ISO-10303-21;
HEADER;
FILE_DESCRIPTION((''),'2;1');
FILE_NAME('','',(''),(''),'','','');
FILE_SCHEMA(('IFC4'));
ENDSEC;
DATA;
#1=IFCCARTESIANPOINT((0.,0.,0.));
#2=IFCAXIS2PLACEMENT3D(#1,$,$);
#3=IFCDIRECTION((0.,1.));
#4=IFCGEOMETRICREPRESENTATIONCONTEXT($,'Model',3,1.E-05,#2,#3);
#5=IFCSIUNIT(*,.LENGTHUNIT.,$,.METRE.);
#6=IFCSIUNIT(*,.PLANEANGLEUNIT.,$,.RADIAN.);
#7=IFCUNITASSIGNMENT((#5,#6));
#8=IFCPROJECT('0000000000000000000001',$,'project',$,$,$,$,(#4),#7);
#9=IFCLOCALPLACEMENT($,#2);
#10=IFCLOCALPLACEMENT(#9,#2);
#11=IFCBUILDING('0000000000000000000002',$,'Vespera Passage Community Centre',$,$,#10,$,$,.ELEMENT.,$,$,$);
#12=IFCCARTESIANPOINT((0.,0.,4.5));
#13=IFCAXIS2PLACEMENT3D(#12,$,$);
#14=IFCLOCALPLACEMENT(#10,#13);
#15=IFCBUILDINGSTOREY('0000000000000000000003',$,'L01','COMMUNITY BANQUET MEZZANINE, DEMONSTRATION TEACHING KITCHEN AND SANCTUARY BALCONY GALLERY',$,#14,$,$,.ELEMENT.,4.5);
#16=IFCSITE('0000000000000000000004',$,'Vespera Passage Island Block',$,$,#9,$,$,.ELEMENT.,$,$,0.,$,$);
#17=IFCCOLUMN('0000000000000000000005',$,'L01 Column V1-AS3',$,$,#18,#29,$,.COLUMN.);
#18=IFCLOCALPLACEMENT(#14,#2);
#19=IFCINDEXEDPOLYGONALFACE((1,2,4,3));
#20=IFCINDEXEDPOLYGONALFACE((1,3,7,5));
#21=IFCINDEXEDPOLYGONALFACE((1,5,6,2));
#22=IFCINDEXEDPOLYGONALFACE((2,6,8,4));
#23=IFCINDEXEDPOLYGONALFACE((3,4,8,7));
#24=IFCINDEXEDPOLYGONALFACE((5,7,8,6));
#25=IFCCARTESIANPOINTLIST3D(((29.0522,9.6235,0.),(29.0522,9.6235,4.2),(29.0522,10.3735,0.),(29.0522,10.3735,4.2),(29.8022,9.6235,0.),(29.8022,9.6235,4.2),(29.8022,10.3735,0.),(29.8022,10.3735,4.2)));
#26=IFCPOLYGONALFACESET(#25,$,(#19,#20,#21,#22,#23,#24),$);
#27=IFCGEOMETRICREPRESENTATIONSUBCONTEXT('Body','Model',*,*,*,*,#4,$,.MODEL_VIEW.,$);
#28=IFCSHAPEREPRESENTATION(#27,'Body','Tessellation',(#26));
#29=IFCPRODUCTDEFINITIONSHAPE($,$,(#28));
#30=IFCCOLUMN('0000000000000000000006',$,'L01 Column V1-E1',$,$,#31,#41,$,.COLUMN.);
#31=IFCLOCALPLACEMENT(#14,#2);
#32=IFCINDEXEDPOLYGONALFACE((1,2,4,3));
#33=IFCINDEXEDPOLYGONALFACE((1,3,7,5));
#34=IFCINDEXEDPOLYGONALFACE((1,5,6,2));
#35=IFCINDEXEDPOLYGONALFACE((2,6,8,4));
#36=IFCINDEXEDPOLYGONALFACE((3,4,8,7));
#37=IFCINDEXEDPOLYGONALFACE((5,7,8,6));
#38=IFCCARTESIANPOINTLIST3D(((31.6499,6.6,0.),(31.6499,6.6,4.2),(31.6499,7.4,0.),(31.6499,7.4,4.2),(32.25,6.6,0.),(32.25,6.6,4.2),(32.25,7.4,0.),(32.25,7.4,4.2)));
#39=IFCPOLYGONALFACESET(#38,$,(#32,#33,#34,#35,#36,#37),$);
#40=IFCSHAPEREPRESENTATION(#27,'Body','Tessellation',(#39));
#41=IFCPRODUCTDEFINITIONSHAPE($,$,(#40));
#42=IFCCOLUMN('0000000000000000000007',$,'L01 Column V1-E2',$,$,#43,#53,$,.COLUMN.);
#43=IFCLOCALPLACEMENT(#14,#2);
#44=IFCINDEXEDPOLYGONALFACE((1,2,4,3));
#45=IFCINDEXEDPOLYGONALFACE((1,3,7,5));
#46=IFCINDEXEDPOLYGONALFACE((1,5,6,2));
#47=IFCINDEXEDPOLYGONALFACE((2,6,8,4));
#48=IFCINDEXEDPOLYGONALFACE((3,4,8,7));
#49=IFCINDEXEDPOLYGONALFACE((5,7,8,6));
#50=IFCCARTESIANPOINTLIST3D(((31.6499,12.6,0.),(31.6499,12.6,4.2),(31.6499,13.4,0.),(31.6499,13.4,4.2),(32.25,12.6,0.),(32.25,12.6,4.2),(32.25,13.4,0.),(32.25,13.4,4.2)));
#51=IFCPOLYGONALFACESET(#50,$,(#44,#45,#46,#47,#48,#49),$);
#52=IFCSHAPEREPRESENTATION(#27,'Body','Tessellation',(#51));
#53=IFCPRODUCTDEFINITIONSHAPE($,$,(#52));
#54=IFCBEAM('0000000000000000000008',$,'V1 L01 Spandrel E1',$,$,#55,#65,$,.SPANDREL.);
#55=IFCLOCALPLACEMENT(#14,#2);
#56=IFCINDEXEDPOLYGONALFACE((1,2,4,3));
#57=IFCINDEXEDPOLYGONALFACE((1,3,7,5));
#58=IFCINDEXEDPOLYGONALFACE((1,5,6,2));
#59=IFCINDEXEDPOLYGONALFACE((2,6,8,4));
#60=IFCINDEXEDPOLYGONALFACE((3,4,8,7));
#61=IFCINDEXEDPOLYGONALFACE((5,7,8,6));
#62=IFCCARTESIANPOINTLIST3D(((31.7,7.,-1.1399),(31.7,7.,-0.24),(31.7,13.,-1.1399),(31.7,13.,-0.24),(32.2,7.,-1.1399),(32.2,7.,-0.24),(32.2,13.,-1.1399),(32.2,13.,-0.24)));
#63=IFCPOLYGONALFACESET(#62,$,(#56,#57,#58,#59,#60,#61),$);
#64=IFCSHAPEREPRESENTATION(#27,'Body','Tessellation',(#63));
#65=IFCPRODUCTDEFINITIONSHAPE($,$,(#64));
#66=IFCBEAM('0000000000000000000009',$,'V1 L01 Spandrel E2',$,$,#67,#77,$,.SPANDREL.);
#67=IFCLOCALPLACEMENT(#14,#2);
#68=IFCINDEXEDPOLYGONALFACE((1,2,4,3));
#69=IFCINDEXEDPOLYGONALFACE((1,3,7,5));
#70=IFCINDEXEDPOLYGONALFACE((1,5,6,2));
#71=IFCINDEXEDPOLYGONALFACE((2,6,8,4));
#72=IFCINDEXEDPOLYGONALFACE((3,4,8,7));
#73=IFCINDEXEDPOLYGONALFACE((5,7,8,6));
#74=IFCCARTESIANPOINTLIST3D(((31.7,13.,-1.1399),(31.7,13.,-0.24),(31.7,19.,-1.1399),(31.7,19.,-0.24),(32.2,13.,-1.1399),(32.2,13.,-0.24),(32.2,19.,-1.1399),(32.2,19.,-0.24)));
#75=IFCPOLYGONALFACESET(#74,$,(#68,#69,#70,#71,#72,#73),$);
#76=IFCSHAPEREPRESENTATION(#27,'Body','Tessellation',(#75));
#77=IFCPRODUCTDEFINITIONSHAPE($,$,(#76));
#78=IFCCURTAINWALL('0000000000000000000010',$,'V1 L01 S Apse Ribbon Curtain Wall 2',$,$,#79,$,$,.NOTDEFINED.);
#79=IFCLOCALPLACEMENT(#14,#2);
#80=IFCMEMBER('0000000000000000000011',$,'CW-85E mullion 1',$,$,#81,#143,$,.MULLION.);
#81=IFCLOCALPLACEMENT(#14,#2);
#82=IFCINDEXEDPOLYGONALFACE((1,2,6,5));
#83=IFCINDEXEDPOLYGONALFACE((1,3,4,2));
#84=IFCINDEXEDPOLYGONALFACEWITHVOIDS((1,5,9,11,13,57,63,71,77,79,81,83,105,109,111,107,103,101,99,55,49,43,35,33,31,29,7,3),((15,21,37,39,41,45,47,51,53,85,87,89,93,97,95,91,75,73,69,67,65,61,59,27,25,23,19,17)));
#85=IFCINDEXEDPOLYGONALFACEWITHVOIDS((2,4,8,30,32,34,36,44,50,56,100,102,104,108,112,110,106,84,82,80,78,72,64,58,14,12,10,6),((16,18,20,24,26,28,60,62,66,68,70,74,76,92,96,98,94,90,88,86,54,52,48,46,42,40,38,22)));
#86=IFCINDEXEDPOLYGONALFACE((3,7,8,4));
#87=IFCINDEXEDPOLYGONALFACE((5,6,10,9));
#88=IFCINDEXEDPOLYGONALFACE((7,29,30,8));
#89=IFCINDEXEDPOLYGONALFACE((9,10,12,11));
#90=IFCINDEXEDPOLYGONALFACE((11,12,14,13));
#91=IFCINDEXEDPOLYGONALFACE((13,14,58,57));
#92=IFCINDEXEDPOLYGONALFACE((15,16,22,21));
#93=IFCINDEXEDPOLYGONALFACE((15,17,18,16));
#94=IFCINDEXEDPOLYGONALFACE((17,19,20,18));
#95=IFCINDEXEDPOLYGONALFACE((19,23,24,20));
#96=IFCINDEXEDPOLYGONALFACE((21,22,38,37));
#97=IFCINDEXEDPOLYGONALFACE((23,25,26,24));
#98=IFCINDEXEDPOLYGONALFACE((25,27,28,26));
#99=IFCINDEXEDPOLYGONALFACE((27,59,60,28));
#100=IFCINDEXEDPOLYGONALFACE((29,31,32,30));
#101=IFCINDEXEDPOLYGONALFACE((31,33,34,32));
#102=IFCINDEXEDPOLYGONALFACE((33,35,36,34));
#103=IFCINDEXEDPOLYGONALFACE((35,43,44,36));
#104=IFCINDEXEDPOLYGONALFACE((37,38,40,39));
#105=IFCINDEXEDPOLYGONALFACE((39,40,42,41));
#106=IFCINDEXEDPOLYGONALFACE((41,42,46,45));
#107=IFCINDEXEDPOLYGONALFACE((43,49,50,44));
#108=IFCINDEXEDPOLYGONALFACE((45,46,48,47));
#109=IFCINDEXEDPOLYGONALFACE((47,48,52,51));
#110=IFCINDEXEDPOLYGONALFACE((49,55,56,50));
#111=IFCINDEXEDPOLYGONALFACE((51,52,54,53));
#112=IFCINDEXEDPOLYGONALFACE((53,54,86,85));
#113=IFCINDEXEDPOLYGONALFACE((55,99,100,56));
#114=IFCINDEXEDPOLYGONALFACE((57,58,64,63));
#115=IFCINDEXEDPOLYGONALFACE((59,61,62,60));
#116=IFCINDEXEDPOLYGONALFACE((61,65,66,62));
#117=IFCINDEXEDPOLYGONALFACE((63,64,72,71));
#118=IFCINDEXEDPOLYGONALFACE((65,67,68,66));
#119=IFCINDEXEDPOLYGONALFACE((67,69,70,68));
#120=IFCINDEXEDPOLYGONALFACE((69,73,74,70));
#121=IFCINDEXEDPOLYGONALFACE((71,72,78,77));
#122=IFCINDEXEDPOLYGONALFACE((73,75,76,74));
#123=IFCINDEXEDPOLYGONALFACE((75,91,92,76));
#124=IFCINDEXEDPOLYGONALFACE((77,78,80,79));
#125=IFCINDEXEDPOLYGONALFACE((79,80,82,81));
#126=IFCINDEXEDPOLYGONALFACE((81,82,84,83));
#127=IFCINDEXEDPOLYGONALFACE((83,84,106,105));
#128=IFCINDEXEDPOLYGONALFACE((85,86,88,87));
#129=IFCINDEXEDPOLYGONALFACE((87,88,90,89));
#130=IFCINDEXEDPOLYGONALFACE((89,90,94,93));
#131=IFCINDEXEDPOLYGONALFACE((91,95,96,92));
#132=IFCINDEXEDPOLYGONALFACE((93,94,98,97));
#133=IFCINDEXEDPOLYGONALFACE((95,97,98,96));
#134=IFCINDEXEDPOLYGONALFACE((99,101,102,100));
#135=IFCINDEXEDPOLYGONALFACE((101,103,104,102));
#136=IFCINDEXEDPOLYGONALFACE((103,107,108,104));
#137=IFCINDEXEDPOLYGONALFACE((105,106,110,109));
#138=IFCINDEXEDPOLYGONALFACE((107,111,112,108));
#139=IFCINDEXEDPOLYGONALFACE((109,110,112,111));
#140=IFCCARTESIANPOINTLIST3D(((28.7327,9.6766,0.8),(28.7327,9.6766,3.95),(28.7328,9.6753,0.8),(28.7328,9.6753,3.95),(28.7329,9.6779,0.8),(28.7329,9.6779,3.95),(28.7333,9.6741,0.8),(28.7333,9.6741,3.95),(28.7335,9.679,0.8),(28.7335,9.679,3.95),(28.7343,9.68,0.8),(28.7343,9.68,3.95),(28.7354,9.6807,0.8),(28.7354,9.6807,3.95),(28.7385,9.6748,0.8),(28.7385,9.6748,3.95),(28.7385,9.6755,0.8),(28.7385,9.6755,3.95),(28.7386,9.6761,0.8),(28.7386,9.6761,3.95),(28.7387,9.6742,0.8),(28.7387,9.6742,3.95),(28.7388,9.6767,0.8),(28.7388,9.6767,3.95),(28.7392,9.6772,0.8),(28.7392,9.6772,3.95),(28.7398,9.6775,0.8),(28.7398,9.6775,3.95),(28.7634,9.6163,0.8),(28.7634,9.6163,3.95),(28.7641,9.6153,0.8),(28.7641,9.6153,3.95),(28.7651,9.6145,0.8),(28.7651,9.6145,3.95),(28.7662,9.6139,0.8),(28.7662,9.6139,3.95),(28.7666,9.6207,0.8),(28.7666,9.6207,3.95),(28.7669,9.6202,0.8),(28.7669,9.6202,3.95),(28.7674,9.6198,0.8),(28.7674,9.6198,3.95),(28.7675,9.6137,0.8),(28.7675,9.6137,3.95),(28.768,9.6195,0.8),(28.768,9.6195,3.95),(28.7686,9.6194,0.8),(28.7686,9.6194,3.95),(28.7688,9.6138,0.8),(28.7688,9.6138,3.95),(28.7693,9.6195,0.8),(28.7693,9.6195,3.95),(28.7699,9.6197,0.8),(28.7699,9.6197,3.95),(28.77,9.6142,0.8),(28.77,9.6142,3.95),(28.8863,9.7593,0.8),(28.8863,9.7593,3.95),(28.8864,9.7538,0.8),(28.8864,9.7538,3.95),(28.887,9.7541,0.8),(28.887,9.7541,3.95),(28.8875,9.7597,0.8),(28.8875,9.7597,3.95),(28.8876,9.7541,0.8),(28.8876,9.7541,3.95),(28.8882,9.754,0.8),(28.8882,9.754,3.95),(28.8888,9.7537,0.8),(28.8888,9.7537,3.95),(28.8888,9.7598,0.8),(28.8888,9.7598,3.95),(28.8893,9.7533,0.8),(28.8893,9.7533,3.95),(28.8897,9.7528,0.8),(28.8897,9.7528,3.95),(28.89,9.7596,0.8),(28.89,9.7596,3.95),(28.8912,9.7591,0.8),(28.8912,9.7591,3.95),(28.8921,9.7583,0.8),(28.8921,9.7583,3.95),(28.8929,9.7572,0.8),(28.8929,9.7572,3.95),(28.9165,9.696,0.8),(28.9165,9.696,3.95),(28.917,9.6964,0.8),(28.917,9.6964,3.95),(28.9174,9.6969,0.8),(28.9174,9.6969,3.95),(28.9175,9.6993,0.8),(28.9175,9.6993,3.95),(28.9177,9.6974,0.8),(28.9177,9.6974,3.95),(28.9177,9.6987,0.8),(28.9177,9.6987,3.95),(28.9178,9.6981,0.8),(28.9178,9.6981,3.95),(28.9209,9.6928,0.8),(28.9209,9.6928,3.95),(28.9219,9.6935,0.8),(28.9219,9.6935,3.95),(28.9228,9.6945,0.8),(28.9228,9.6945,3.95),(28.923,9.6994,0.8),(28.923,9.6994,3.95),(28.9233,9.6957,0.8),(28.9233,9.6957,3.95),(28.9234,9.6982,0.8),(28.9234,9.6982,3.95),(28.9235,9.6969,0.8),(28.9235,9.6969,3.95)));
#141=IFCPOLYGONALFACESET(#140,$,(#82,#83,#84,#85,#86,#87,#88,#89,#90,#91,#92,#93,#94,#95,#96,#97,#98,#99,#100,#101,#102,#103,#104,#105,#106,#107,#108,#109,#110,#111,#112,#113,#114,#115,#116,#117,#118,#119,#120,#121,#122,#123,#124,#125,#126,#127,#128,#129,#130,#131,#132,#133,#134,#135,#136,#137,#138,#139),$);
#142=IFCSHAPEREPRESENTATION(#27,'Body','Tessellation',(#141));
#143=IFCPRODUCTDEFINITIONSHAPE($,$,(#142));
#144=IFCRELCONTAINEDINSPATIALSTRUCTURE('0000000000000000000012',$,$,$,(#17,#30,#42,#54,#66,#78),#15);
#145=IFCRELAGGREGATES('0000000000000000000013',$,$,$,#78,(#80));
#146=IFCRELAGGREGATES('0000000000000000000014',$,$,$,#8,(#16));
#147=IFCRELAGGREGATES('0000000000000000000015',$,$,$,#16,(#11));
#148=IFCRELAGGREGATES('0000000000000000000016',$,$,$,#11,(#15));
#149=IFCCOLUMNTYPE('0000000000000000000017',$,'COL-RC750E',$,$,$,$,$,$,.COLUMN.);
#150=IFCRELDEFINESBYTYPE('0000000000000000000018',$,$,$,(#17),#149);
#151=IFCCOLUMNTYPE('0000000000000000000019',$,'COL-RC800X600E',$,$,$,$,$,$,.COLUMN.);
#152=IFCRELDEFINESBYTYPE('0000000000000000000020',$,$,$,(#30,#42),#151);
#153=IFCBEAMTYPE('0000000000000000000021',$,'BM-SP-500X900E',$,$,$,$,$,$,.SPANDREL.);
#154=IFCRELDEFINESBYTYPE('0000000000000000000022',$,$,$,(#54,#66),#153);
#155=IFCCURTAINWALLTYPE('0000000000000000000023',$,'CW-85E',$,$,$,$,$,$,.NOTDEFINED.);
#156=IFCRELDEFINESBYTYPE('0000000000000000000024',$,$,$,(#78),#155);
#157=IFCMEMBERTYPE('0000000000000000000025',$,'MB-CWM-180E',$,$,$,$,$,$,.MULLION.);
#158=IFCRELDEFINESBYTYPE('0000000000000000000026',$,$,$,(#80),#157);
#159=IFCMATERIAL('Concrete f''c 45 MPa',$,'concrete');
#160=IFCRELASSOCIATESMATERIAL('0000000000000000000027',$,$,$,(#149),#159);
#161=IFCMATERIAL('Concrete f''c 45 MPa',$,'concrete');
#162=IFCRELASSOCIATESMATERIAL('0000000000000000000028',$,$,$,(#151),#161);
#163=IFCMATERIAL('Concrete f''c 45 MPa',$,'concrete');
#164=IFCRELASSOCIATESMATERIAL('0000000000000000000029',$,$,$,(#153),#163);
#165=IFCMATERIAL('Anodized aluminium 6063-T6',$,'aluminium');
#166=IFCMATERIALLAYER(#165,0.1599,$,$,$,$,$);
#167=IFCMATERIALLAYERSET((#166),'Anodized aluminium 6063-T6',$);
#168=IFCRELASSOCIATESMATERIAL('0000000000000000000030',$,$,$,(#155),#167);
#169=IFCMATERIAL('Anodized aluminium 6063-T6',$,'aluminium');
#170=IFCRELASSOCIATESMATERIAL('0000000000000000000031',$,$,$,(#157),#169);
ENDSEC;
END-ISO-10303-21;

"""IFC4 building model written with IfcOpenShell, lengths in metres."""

from ifc_helpers import new_model, si_unit, direction, frame, origin, origin_2d, place, context, subcontext, project, spatial, rectangle, hollow_rectangle, extrude, material, layer, layer_set, material_profile, profile_set, type_object, element, aggregate, save


model = new_model("IFC4")

# Units and contexts
model_context = context("Model", 3, precision=1e-05, world=origin(), true_north=direction((0.0, 1.0)))
body_context = subcontext(model_context, "Body", "Model", "MODEL_VIEW")
ifc_project = project(units=[si_unit("LENGTHUNIT", "METRE"), si_unit("PLANEANGLEUNIT", "RADIAN")], contexts=[model_context])

# Site, building, storey
site_placement = place(None, origin())
site = spatial("IfcSite", under=ifc_project, at=site_placement, Name="Vespera Passage Island Block", CompositionType="ELEMENT", RefElevation=0.0)
building_placement = place(site_placement, origin())
building = spatial("IfcBuilding", under=site, at=building_placement, Name="Vespera Passage Community Centre", CompositionType="ELEMENT")
storey_placement = place(building_placement, frame((0.0, 0.0, 4.5)))
storey = spatial("IfcBuildingStorey", under=building, at=storey_placement, Name="L01", Description="COMMUNITY BANQUET MEZZANINE, DEMONSTRATION TEACHING KITCHEN AND SANCTUARY BALCONY GALLERY", CompositionType="ELEMENT", Elevation=4.5)

# Columns
ifc_material_1 = material(Name="Concrete f'c 45 MPa", Category="concrete")
ifc_material_profile_1 = material_profile(ifc_material_1, rectangle(XDim=0.75, YDim=0.75, at=origin_2d()), Name="RC750X750")
ifc_profile_set_1 = profile_set([ifc_material_profile_1], Name="Concrete f'c 45 MPa")
column_type_1 = type_object("IfcColumnType", Name="COL-RC750E", PredefinedType="COLUMN", material=ifc_profile_set_1)
column_placement = place(storey_placement, frame((29.4272, 9.9985, 0.0), z_axis=(0.0, 0.0, 1.0), x_axis=(1.0, 0.0, 0.0)))
element("IfcColumn", 1, at=column_placement, inside=storey, type_object=column_type_1, Name="L01 Column V1-AS3", PredefinedType="COLUMN", context=body_context, shape_type="SweptSolid", body=[
    extrude(rectangle(XDim=0.75, YDim=0.75, at=origin_2d()), origin(), (0.0, 0.0, 1.0), 4.2),
])
ifc_material_2 = material(Name="Concrete f'c 45 MPa", Category="concrete")
ifc_material_profile_2 = material_profile(ifc_material_2, rectangle(XDim=0.6001, YDim=0.8, at=origin_2d()), Name="RC800X600")
ifc_profile_set_2 = profile_set([ifc_material_profile_2], Name="Concrete f'c 45 MPa")
column_type_2 = type_object("IfcColumnType", Name="COL-RC800X600E", PredefinedType="COLUMN", material=ifc_profile_set_2)
for number, where, z_axis, x_axis, name in (
    (2, (31.95, 7.0, 0.0), (0.0, 0.0, 1.0), (1.0, 0.0, 0.0), "L01 Column V1-E1"),
    (3, (31.95, 13.0, 0.0), (0.0, 0.0, 1.0), (1.0, 0.0, 0.0), "L01 Column V1-E2"),
):
    element("IfcColumn", number, at=place(storey_placement, frame(where, z_axis=z_axis, x_axis=x_axis)), inside=storey, type_object=column_type_2, Name=name, PredefinedType="COLUMN", context=body_context, shape_type="SweptSolid", body=[
        extrude(rectangle(XDim=0.6001, YDim=0.8, at=origin_2d()), origin(), (0.0, 0.0, 1.0), 4.2),
    ])

# Beams
ifc_material_3 = material(Name="Concrete f'c 45 MPa", Category="concrete")
ifc_material_profile_3 = material_profile(ifc_material_3, rectangle(XDim=0.5, YDim=0.8999, at=origin_2d()), Name="RC500X900")
ifc_profile_set_3 = profile_set([ifc_material_profile_3], Name="Concrete f'c 45 MPa")
beam_type = type_object("IfcBeamType", Name="BM-SP-500X900E", PredefinedType="SPANDREL", material=ifc_profile_set_3)
for number, where, z_axis, x_axis, name in (
    (4, (31.95, 7.0, -0.6899), (0.0, 1.0, 0.0), (-1.0, 0.0, 0.0), "V1 L01 Spandrel E1"),
    (5, (31.95, 13.0, -0.6899), (0.0, 1.0, 0.0), (-1.0, 0.0, 0.0), "V1 L01 Spandrel E2"),
):
    element("IfcBeam", number, at=place(storey_placement, frame(where, z_axis=z_axis, x_axis=x_axis)), inside=storey, type_object=beam_type, Name=name, PredefinedType="SPANDREL", context=body_context, shape_type="SweptSolid", body=[
        extrude(rectangle(XDim=0.5, YDim=0.8999, at=origin_2d()), origin(), (0.0, 0.0, 1.0), 6.0),
    ])

# Curtain wall, member
ifc_material_4 = material(Name="Anodized aluminium 6063-T6", Category="aluminium")
ifc_layer_1 = layer(ifc_material_4, 0.1599)
ifc_layer_set_1 = layer_set([ifc_layer_1], Name="Anodized aluminium 6063-T6")
curtain_wall_type_1 = type_object("IfcCurtainWallType", Name="CW-85E", PredefinedType="NOTDEFINED", material=ifc_layer_set_1)
curtain_wall_1_placement = place(storey_placement, origin())
curtain_wall_1 = element("IfcCurtainWall", 6, at=curtain_wall_1_placement, inside=storey, type_object=curtain_wall_type_1, Name="V1 L01 S Apse Ribbon Curtain Wall 2", PredefinedType="NOTDEFINED")
ifc_material_5 = material(Name="Anodized aluminium 6063-T6", Category="aluminium")
ifc_material_profile_4 = material_profile(ifc_material_5, hollow_rectangle(XDim=0.075, YDim=0.1799, WallThickness=0.0049, InnerFilletRadius=0.0024, OuterFilletRadius=0.0049, at=origin_2d()), Name="ALU180X75X5")
ifc_profile_set_4 = profile_set([ifc_material_profile_4], Name="Anodized aluminium 6063-T6")
member_type_1 = type_object("IfcMemberType", Name="MB-CWM-180E", PredefinedType="MULLION", material=ifc_profile_set_4)
member_1_placement = place(storey_placement, frame((28.8281, 9.6868, 0.8), z_axis=(0.0, 0.0, 1.0), x_axis=(0.461745, -0.887013, 0.0)))
member_1 = element("IfcMember", 7, at=member_1_placement, type_object=member_type_1, Name="CW-85E mullion 1", PredefinedType="MULLION", context=body_context, shape_type="SweptSolid", body=[
    extrude(hollow_rectangle(XDim=0.075, YDim=0.1799, WallThickness=0.0049, InnerFilletRadius=0.0024, OuterFilletRadius=0.0049, at=origin_2d()), origin(), (0.0, 0.0, 1.0), 3.1499),
])

aggregate(curtain_wall_1, [member_1])

save(model, "model.ifc")
